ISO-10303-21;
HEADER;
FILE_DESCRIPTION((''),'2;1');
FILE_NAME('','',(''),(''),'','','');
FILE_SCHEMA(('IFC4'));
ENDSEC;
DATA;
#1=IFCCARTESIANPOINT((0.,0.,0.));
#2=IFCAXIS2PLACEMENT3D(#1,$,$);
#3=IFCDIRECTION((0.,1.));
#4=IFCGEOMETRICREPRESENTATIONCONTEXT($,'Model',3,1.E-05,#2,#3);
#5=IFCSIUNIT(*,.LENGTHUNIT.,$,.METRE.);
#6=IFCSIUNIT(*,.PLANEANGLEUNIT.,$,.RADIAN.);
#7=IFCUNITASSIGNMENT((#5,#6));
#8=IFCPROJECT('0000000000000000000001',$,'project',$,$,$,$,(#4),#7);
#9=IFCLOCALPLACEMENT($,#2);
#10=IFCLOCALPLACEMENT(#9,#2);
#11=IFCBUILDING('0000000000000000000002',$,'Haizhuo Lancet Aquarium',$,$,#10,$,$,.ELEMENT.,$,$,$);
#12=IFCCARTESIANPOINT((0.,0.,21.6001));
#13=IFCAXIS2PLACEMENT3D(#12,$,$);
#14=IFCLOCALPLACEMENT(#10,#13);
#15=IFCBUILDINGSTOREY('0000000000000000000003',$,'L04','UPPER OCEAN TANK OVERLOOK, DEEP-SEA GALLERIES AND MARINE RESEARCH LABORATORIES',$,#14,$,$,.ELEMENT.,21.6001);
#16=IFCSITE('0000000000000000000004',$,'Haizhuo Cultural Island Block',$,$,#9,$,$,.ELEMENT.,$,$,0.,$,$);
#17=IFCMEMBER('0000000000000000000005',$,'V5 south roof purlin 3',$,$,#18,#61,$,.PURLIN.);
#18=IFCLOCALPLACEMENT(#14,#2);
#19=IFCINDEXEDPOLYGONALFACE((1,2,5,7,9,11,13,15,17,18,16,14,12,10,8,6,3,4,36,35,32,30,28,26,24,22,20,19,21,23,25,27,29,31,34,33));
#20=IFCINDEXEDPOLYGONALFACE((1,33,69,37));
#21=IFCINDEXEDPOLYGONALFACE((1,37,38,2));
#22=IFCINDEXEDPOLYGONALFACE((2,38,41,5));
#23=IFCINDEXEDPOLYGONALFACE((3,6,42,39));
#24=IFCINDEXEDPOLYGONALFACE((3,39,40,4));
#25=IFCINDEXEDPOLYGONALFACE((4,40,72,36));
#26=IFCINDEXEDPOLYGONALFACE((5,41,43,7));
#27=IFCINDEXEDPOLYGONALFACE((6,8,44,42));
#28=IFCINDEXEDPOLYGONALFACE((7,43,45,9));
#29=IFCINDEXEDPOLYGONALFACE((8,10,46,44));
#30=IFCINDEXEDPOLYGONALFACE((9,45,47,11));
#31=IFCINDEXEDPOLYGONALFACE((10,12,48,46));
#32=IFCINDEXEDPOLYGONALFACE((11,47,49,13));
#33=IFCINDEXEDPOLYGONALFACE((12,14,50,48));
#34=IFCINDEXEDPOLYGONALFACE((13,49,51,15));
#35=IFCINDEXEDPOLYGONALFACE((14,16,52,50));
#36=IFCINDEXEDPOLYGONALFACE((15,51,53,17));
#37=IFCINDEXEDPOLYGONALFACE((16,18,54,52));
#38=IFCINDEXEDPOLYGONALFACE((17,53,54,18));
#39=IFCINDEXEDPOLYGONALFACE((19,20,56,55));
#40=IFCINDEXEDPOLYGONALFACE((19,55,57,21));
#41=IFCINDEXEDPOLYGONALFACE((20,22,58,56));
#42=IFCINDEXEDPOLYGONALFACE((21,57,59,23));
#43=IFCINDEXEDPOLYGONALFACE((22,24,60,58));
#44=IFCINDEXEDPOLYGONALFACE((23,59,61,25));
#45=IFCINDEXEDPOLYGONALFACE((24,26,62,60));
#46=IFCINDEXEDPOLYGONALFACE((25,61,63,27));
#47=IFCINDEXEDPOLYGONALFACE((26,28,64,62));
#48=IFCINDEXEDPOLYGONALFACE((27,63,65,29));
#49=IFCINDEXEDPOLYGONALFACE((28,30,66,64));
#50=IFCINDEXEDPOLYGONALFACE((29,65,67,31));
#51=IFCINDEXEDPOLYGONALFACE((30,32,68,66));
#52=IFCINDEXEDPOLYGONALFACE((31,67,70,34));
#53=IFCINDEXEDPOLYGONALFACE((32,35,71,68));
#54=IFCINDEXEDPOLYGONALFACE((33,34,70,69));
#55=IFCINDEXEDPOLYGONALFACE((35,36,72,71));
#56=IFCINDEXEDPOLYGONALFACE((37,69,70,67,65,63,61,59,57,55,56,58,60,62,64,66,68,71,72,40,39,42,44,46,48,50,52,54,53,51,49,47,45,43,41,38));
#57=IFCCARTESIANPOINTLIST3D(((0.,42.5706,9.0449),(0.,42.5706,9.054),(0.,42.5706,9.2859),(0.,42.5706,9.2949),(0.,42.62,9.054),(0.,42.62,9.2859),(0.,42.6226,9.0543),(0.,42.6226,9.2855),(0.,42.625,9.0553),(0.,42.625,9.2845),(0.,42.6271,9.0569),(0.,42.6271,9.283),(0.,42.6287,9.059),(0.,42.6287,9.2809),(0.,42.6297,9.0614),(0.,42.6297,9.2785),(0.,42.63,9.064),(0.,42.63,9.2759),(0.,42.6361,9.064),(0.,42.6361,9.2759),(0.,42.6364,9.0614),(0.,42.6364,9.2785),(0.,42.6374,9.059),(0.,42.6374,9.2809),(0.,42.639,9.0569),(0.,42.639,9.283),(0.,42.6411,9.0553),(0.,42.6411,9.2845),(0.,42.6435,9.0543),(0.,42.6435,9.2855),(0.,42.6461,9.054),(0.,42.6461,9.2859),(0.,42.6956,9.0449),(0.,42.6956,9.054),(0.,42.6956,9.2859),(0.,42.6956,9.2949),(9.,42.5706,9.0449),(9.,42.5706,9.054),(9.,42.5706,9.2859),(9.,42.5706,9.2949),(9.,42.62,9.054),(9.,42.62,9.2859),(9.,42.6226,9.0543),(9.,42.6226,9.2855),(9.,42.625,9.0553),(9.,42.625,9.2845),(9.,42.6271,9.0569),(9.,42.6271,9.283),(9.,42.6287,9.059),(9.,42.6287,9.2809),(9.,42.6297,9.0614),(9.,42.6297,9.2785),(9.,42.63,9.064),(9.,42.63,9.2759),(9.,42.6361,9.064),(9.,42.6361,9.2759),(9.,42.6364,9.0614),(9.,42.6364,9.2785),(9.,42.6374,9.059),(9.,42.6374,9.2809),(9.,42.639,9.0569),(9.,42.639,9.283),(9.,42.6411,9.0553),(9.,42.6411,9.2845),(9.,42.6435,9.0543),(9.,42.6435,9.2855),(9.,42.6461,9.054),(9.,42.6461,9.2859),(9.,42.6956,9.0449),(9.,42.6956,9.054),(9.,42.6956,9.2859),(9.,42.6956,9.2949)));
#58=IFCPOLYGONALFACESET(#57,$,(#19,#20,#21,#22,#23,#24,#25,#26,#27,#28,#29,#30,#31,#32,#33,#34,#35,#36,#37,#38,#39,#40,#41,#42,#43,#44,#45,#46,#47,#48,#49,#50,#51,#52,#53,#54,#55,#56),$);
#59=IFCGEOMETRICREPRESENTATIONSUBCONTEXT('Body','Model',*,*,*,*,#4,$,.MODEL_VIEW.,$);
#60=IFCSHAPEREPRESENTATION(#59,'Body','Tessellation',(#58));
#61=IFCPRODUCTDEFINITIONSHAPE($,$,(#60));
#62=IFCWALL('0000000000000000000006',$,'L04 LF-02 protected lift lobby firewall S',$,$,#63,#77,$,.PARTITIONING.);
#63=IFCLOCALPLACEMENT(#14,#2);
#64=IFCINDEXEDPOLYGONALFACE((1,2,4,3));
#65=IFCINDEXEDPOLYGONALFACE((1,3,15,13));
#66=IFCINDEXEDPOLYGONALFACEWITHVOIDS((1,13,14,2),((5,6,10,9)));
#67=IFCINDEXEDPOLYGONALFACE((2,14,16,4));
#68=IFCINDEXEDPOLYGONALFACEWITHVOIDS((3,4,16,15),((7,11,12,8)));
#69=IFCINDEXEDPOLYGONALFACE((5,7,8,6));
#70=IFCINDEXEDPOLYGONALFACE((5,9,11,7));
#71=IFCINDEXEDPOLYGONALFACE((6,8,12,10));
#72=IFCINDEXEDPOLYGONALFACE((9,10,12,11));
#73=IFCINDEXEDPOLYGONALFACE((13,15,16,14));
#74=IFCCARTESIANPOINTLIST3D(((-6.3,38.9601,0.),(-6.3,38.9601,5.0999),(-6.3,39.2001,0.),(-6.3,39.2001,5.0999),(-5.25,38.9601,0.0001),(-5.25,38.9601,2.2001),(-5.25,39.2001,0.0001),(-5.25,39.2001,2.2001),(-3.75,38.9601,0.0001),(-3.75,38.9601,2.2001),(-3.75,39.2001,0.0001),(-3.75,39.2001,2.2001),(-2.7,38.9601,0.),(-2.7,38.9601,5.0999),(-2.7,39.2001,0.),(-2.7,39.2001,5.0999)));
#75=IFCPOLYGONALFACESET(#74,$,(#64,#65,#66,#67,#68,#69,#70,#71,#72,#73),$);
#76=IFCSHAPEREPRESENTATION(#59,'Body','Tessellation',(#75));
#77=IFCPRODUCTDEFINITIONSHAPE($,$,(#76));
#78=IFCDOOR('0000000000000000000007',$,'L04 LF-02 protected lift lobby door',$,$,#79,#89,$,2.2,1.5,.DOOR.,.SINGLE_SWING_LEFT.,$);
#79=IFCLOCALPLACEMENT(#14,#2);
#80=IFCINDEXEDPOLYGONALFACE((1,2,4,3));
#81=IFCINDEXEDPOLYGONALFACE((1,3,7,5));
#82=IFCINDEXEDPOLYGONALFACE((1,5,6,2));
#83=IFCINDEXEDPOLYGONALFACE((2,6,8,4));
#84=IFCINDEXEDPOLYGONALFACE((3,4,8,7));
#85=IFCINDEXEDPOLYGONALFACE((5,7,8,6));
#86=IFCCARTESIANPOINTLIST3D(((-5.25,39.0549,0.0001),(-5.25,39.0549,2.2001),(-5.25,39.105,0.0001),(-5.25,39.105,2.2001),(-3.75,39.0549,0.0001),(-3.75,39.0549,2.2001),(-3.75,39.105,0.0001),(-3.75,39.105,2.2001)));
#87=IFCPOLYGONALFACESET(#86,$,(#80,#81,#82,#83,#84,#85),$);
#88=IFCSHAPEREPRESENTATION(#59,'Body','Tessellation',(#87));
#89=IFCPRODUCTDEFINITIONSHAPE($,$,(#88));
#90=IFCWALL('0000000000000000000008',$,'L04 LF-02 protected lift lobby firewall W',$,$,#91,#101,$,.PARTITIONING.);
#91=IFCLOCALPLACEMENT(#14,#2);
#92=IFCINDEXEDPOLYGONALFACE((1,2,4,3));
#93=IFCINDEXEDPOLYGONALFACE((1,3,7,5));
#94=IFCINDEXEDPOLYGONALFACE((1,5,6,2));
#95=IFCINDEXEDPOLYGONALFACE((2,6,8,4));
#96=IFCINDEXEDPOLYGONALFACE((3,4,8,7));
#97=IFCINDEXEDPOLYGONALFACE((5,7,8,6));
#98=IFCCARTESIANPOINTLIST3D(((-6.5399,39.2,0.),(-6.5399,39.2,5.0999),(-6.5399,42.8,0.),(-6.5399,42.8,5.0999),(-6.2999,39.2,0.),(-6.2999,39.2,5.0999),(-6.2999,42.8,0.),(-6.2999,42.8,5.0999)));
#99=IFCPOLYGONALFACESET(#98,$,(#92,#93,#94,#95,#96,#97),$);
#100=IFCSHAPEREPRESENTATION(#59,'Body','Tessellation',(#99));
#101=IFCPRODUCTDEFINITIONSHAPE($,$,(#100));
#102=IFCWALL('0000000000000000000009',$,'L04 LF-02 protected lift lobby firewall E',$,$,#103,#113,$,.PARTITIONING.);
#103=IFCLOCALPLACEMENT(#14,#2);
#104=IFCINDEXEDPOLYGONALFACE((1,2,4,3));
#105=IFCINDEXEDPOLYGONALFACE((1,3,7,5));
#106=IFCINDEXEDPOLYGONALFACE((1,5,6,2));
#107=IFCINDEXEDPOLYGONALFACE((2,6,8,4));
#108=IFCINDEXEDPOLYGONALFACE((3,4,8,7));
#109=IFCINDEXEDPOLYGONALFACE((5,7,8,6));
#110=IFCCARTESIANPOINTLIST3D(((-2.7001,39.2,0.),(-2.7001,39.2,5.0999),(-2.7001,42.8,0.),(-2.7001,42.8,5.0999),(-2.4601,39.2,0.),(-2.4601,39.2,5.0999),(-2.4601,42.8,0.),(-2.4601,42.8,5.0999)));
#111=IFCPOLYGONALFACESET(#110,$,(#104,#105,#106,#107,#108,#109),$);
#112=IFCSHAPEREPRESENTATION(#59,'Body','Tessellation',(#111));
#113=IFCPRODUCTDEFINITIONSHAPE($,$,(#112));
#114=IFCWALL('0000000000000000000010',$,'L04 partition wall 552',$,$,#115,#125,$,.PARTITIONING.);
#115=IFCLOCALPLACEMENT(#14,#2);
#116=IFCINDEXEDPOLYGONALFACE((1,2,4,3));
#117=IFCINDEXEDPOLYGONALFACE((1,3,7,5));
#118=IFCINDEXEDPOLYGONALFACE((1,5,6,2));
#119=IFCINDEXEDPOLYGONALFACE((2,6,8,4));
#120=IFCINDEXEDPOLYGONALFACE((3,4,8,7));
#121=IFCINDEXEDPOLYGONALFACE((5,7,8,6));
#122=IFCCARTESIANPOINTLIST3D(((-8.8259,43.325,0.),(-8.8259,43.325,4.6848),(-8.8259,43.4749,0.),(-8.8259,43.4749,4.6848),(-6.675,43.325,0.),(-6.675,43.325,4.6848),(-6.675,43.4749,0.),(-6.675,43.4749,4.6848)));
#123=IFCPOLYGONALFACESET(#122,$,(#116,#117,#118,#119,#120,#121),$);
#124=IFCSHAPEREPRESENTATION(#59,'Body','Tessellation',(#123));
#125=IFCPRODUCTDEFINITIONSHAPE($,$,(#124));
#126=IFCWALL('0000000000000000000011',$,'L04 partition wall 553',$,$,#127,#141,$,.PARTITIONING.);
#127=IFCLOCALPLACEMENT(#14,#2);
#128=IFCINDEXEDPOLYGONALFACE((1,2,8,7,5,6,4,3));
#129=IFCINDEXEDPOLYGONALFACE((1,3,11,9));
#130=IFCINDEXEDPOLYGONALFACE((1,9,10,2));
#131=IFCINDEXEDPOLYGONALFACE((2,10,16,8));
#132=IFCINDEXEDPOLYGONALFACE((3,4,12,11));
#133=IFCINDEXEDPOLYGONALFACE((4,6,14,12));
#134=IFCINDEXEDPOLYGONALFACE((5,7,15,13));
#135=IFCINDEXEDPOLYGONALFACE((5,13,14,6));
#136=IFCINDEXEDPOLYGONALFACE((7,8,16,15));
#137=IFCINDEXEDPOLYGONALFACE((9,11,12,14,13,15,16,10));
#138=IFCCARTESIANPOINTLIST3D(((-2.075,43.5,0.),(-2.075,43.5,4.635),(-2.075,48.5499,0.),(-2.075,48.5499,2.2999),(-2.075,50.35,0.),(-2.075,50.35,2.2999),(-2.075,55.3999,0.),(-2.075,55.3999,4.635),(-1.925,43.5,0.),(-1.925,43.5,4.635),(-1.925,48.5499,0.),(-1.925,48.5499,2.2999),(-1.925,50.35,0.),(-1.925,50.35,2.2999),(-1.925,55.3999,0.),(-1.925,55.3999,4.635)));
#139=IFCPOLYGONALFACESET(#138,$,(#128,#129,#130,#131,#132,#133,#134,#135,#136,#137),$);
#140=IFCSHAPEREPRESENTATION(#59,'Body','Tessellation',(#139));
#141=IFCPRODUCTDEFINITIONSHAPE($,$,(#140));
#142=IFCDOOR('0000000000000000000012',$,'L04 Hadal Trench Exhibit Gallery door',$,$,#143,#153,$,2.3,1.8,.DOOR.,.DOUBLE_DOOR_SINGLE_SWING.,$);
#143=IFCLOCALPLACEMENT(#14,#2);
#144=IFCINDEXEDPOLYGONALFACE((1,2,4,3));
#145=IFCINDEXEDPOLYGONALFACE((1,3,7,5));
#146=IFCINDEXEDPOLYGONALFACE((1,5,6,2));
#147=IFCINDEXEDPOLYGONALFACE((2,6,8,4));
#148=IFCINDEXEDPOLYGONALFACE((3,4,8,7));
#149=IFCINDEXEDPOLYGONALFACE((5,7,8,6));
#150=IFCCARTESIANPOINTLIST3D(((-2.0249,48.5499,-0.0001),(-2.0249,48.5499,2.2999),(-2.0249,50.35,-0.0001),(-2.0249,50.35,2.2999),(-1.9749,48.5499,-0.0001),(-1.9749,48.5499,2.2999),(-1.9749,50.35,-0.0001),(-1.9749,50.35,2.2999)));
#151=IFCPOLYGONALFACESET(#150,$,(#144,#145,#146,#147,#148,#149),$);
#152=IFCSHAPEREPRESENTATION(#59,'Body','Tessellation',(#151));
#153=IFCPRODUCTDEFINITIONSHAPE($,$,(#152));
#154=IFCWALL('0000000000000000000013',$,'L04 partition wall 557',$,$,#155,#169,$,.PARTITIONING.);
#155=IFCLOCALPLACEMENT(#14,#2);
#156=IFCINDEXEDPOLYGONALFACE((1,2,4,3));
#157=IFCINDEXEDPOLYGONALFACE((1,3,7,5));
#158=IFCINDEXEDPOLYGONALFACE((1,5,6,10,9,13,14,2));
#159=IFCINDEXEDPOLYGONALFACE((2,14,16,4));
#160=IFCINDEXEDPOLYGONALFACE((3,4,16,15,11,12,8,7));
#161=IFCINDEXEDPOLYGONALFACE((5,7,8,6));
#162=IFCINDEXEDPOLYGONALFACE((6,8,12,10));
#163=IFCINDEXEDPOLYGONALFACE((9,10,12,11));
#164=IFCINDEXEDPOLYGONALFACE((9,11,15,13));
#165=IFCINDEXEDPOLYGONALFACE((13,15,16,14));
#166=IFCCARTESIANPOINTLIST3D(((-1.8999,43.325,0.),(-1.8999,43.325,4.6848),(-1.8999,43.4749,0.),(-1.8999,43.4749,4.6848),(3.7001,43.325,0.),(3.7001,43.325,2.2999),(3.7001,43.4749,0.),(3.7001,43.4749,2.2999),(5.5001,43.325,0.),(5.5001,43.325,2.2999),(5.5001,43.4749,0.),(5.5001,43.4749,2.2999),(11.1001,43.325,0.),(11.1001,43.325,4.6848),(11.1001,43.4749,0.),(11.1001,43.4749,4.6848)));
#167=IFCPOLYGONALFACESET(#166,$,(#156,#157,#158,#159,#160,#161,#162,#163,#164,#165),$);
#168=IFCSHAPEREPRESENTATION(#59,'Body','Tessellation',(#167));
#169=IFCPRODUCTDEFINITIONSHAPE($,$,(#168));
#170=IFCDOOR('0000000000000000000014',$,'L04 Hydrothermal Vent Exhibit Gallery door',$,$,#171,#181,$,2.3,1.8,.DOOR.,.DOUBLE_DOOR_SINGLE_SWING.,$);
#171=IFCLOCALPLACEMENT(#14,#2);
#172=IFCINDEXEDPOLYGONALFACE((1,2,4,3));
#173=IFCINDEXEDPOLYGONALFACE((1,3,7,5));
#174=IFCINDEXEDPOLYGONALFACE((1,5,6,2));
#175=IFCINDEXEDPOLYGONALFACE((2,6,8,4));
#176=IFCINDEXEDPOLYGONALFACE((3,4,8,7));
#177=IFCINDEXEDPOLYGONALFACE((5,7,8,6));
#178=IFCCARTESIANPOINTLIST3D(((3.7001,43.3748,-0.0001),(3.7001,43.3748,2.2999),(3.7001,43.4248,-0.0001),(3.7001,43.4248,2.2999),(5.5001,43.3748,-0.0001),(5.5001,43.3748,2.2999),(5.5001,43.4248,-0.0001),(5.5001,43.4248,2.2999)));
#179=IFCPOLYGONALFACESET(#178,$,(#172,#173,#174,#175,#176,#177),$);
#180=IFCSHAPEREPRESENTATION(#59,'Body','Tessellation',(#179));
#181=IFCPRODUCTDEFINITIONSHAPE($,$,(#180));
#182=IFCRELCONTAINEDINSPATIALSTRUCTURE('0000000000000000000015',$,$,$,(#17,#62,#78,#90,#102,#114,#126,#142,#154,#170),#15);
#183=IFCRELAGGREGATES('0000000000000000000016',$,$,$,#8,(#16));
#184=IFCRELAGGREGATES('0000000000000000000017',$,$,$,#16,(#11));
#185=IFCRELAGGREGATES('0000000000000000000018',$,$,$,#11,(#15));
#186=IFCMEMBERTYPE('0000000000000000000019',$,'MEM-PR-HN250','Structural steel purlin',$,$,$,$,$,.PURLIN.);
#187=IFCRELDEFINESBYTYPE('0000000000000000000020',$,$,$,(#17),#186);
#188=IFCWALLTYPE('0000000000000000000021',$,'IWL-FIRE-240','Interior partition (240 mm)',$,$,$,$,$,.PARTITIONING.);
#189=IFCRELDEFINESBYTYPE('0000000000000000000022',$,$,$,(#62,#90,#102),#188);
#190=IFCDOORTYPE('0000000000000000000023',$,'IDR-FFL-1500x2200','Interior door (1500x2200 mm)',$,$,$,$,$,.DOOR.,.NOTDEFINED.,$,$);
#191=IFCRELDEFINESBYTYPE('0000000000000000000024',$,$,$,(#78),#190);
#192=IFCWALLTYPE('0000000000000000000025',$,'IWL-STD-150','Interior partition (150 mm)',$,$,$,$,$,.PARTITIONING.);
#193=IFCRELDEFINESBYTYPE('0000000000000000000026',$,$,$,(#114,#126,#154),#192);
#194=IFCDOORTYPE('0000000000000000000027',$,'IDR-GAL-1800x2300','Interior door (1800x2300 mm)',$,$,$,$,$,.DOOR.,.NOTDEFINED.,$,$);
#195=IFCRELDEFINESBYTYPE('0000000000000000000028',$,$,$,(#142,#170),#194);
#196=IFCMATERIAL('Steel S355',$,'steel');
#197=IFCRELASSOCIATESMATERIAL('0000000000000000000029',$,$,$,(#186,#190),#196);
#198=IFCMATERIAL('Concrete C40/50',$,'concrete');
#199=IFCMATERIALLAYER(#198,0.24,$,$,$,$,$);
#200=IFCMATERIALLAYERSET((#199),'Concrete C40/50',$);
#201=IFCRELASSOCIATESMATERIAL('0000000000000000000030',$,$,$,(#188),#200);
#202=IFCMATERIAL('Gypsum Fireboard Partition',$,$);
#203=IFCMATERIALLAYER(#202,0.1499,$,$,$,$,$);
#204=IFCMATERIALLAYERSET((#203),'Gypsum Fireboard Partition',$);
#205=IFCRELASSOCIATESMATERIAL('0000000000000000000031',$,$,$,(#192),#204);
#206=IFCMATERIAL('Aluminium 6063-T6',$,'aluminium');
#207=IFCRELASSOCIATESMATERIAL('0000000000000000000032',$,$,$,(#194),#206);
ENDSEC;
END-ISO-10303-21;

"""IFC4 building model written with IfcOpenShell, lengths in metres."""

from ifc_helpers import new_model, si_unit, direction, frame, frame_2d, origin, origin_2d, place, context, subcontext, project, spatial, rectangle, i_section, extrude, material, layer, layer_set, material_profile, profile_set, type_object, element, fill, save


model = new_model("IFC4")

# Units and contexts
model_context = context("Model", 3, precision=1e-05, world=origin(), true_north=direction((0.0, 1.0)))
body_context = subcontext(model_context, "Body", "Model", "MODEL_VIEW")
ifc_project = project(units=[si_unit("LENGTHUNIT", "METRE"), si_unit("PLANEANGLEUNIT", "RADIAN")], contexts=[model_context])

# Site, building, storey
site_placement = place(None, origin())
site = spatial("IfcSite", under=ifc_project, at=site_placement, Name="Haizhuo Cultural Island Block", CompositionType="ELEMENT", RefElevation=0.0)
building_placement = place(site_placement, origin())
building = spatial("IfcBuilding", under=site, at=building_placement, Name="Haizhuo Lancet Aquarium", CompositionType="ELEMENT")
storey_placement = place(building_placement, frame((0.0, 0.0, 21.6001)))
storey = spatial("IfcBuildingStorey", under=building, at=storey_placement, Name="L04", Description="UPPER OCEAN TANK OVERLOOK, DEEP-SEA GALLERIES AND MARINE RESEARCH LABORATORIES", CompositionType="ELEMENT", Elevation=21.6001)

# Shared definitions
ifc_material_1 = material(Name="Concrete C40/50", Category="concrete")

# Shared definitions
ifc_material_2 = material(Name="Aluminium 6063-T6", Category="aluminium")

# Member
ifc_material_3 = material(Name="Steel S355", Category="steel")
ifc_material_profile_1 = material_profile(ifc_material_3, i_section(OverallWidth=0.125, OverallDepth=0.25, WebThickness=0.0061, FlangeThickness=0.009, FilletRadius=0.01, at=origin_2d()), Name="HN 250x125x6x9")
ifc_profile_set_1 = profile_set([ifc_material_profile_1], Name="Steel S355")
member_type_1 = type_object("IfcMemberType", Name="MEM-PR-HN250", Description="Structural steel purlin", PredefinedType="PURLIN", material=ifc_profile_set_1)
for number, where, z_axis, x_axis, name in (
    (1, (0.0, 42.6331, 9.1699), (1.0, 0.0, 0.0), (0.0, 1.0, 0.0), "V5 south roof purlin 3"),
):
    element("IfcMember", number, at=place(storey_placement, frame(where, z_axis=z_axis, x_axis=x_axis)), inside=storey, type_object=member_type_1, Name=name, PredefinedType="PURLIN", context=body_context, shape_type="SweptSolid", body=[
        extrude(i_section(OverallWidth=0.125, OverallDepth=0.25, WebThickness=0.0061, FlangeThickness=0.009, FilletRadius=0.01, at=origin_2d()), origin(), (0.0, 0.0, 1.0), 9.0),
    ])

# Wall, opening, door
ifc_layer_1 = layer(ifc_material_1, 0.24)
ifc_layer_set_1 = layer_set([ifc_layer_1], Name="Concrete C40/50")
wall_type_1 = type_object("IfcWallType", Name="IWL-FIRE-240", Description="Interior partition (240 mm)", PredefinedType="PARTITIONING", material=ifc_layer_set_1)
wall_1_placement = place(storey_placement, frame((-6.3, 39.0801, 0.0), z_axis=(0.0, 0.0, 1.0), x_axis=(1.0, 0.0, 0.0)))
wall_1 = element("IfcWall", 2, at=wall_1_placement, inside=storey, type_object=wall_type_1, Name="L04 LF-02 protected lift lobby firewall S", PredefinedType="PARTITIONING", context=body_context, shape_type="SweptSolid", body=[
    extrude(rectangle(XDim=3.6001, YDim=0.24, at=frame_2d((1.8, 0.0))), origin(), (0.0, 0.0, 1.0), 5.0999),
])
opening_1_placement = place(wall_1_placement, frame((1.05, 0.0, 0.0)))
opening_1 = element("IfcOpeningElement", 3, at=opening_1_placement, cuts=wall_1, PredefinedType="OPENING", context=body_context, shape_type="SweptSolid", body=[
    extrude(rectangle(XDim=1.5, YDim=2.2, at=frame_2d((0.75, 1.1001))), frame((0.0, 0.1299, 0.0), z_axis=(0.0, -1.0, 0.0), x_axis=(1.0, 0.0, 0.0)), (0.0, 0.0, 1.0), 0.26),
])
door_type_1 = type_object("IfcDoorType", Name="IDR-FFL-1500x2200", Description="Interior door (1500x2200 mm)", OperationType="NOTDEFINED", PredefinedType="DOOR", material=ifc_material_3)
door_1_placement = place(opening_1_placement, origin())
door_1 = element("IfcDoor", 4, at=door_1_placement, inside=storey, type_object=door_type_1, Name="L04 LF-02 protected lift lobby door", OperationType="SINGLE_SWING_LEFT", OverallHeight=2.2, OverallWidth=1.5, PredefinedType="DOOR", context=body_context, shape_type="SweptSolid", body=[
    extrude(rectangle(XDim=1.5, YDim=2.2, at=frame_2d((0.75, 1.1001))), frame((0.0, 0.0249, 0.0), z_axis=(0.0, -1.0, 0.0), x_axis=(1.0, 0.0, 0.0)), (0.0, 0.0, 1.0), 0.05),
])
fill(opening_1, door_1)

# Walls
for number, where, z_axis, x_axis, name in (
    (5, (-6.4199, 39.2, 0.0), (0.0, 0.0, 1.0), (0.0, 1.0, 0.0), "L04 LF-02 protected lift lobby firewall W"),
    (6, (-2.5801, 39.2, 0.0), (0.0, 0.0, 1.0), (0.0, 1.0, 0.0), "L04 LF-02 protected lift lobby firewall E"),
):
    element("IfcWall", number, at=place(storey_placement, frame(where, z_axis=z_axis, x_axis=x_axis)), inside=storey, type_object=wall_type_1, Name=name, PredefinedType="PARTITIONING", context=body_context, shape_type="SweptSolid", body=[
        extrude(rectangle(XDim=3.6001, YDim=0.24, at=frame_2d((1.8, 0.0))), origin(), (0.0, 0.0, 1.0), 5.0999),
    ])
ifc_material_4 = material(Name="Gypsum Fireboard Partition")
ifc_layer_2 = layer(ifc_material_4, 0.1499)
ifc_layer_set_2 = layer_set([ifc_layer_2], Name="Gypsum Fireboard Partition")
wall_type_2 = type_object("IfcWallType", Name="IWL-STD-150", Description="Interior partition (150 mm)", PredefinedType="PARTITIONING", material=ifc_layer_set_2)
wall_2_placement = place(storey_placement, frame((-8.8259, 43.3999, 0.0), z_axis=(0.0, 0.0, 1.0), x_axis=(1.0, 0.0, 0.0)))
element("IfcWall", 7, at=wall_2_placement, inside=storey, type_object=wall_type_2, Name="L04 partition wall 552", PredefinedType="PARTITIONING", context=body_context, shape_type="SweptSolid", body=[
    extrude(rectangle(XDim=2.1509, YDim=0.1499, at=frame_2d((1.0754, 0.0))), origin(), (0.0, 0.0, 1.0), 4.6848),
])

# Walls, openings, doors
wall_3_placement = place(storey_placement, frame((-2.0, 43.5, 0.0), z_axis=(0.0, 0.0, 1.0), x_axis=(0.0, 1.0, 0.0)))
wall_3 = element("IfcWall", 8, at=wall_3_placement, inside=storey, type_object=wall_type_2, Name="L04 partition wall 553", PredefinedType="PARTITIONING", context=body_context, shape_type="SweptSolid", body=[
    extrude(rectangle(XDim=11.8999, YDim=0.1499, at=frame_2d((5.95, 0.0))), origin(), (0.0, 0.0, 1.0), 4.635),
])
opening_2_placement = place(wall_3_placement, frame((5.05, 0.0, 0.0)))
opening_2 = element("IfcOpeningElement", 9, at=opening_2_placement, cuts=wall_3, PredefinedType="OPENING", context=body_context, shape_type="SweptSolid", body=[
    extrude(rectangle(XDim=1.8, YDim=2.3, at=frame_2d((0.8999, 1.1499))), frame((0.0, 0.085, 0.0), z_axis=(0.0, -1.0, 0.0), x_axis=(1.0, 0.0, 0.0)), (0.0, 0.0, 1.0), 0.1699),
])
door_type_2 = type_object("IfcDoorType", Name="IDR-GAL-1800x2300", Description="Interior door (1800x2300 mm)", OperationType="NOTDEFINED", PredefinedType="DOOR", material=ifc_material_2)
door_2_placement = place(opening_2_placement, origin())
door_2 = element("IfcDoor", 10, at=door_2_placement, inside=storey, type_object=door_type_2, Name="L04 Hadal Trench Exhibit Gallery door", OperationType="DOUBLE_DOOR_SINGLE_SWING", OverallHeight=2.3, OverallWidth=1.8, PredefinedType="DOOR", context=body_context, shape_type="SweptSolid", body=[
    extrude(rectangle(XDim=1.8, YDim=2.3, at=frame_2d((0.8999, 1.1499))), frame((0.0, 0.0249, 0.0), z_axis=(0.0, -1.0, 0.0), x_axis=(1.0, 0.0, 0.0)), (0.0, 0.0, 1.0), 0.05),
])
fill(opening_2, door_2)
wall_4_placement = place(storey_placement, frame((-1.8999, 43.3999, 0.0), z_axis=(0.0, 0.0, 1.0), x_axis=(1.0, 0.0, 0.0)))
wall_4 = element("IfcWall", 11, at=wall_4_placement, inside=storey, type_object=wall_type_2, Name="L04 partition wall 557", PredefinedType="PARTITIONING", context=body_context, shape_type="SweptSolid", body=[
    extrude(rectangle(XDim=13.0, YDim=0.1499, at=frame_2d((6.5, 0.0))), origin(), (0.0, 0.0, 1.0), 4.6848),
])
opening_3_placement = place(wall_4_placement, frame((5.6001, 0.0, 0.0)))
opening_3 = element("IfcOpeningElement", 12, at=opening_3_placement, cuts=wall_4, PredefinedType="OPENING", context=body_context, shape_type="SweptSolid", body=[
    extrude(rectangle(XDim=1.8, YDim=2.3, at=frame_2d((0.8999, 1.1499))), frame((0.0, 0.085, 0.0), z_axis=(0.0, -1.0, 0.0), x_axis=(1.0, 0.0, 0.0)), (0.0, 0.0, 1.0), 0.1699),
])
door_3_placement = place(opening_3_placement, origin())
door_3 = element("IfcDoor", 13, at=door_3_placement, inside=storey, type_object=door_type_2, Name="L04 Hydrothermal Vent Exhibit Gallery door", OperationType="DOUBLE_DOOR_SINGLE_SWING", OverallHeight=2.3, OverallWidth=1.8, PredefinedType="DOOR", context=body_context, shape_type="SweptSolid", body=[
    extrude(rectangle(XDim=1.8, YDim=2.3, at=frame_2d((0.8999, 1.1499))), frame((0.0, 0.0249, 0.0), z_axis=(0.0, -1.0, 0.0), x_axis=(1.0, 0.0, 0.0)), (0.0, 0.0, 1.0), 0.05),
])
fill(opening_3, door_3)

save(model, "model.ifc")
